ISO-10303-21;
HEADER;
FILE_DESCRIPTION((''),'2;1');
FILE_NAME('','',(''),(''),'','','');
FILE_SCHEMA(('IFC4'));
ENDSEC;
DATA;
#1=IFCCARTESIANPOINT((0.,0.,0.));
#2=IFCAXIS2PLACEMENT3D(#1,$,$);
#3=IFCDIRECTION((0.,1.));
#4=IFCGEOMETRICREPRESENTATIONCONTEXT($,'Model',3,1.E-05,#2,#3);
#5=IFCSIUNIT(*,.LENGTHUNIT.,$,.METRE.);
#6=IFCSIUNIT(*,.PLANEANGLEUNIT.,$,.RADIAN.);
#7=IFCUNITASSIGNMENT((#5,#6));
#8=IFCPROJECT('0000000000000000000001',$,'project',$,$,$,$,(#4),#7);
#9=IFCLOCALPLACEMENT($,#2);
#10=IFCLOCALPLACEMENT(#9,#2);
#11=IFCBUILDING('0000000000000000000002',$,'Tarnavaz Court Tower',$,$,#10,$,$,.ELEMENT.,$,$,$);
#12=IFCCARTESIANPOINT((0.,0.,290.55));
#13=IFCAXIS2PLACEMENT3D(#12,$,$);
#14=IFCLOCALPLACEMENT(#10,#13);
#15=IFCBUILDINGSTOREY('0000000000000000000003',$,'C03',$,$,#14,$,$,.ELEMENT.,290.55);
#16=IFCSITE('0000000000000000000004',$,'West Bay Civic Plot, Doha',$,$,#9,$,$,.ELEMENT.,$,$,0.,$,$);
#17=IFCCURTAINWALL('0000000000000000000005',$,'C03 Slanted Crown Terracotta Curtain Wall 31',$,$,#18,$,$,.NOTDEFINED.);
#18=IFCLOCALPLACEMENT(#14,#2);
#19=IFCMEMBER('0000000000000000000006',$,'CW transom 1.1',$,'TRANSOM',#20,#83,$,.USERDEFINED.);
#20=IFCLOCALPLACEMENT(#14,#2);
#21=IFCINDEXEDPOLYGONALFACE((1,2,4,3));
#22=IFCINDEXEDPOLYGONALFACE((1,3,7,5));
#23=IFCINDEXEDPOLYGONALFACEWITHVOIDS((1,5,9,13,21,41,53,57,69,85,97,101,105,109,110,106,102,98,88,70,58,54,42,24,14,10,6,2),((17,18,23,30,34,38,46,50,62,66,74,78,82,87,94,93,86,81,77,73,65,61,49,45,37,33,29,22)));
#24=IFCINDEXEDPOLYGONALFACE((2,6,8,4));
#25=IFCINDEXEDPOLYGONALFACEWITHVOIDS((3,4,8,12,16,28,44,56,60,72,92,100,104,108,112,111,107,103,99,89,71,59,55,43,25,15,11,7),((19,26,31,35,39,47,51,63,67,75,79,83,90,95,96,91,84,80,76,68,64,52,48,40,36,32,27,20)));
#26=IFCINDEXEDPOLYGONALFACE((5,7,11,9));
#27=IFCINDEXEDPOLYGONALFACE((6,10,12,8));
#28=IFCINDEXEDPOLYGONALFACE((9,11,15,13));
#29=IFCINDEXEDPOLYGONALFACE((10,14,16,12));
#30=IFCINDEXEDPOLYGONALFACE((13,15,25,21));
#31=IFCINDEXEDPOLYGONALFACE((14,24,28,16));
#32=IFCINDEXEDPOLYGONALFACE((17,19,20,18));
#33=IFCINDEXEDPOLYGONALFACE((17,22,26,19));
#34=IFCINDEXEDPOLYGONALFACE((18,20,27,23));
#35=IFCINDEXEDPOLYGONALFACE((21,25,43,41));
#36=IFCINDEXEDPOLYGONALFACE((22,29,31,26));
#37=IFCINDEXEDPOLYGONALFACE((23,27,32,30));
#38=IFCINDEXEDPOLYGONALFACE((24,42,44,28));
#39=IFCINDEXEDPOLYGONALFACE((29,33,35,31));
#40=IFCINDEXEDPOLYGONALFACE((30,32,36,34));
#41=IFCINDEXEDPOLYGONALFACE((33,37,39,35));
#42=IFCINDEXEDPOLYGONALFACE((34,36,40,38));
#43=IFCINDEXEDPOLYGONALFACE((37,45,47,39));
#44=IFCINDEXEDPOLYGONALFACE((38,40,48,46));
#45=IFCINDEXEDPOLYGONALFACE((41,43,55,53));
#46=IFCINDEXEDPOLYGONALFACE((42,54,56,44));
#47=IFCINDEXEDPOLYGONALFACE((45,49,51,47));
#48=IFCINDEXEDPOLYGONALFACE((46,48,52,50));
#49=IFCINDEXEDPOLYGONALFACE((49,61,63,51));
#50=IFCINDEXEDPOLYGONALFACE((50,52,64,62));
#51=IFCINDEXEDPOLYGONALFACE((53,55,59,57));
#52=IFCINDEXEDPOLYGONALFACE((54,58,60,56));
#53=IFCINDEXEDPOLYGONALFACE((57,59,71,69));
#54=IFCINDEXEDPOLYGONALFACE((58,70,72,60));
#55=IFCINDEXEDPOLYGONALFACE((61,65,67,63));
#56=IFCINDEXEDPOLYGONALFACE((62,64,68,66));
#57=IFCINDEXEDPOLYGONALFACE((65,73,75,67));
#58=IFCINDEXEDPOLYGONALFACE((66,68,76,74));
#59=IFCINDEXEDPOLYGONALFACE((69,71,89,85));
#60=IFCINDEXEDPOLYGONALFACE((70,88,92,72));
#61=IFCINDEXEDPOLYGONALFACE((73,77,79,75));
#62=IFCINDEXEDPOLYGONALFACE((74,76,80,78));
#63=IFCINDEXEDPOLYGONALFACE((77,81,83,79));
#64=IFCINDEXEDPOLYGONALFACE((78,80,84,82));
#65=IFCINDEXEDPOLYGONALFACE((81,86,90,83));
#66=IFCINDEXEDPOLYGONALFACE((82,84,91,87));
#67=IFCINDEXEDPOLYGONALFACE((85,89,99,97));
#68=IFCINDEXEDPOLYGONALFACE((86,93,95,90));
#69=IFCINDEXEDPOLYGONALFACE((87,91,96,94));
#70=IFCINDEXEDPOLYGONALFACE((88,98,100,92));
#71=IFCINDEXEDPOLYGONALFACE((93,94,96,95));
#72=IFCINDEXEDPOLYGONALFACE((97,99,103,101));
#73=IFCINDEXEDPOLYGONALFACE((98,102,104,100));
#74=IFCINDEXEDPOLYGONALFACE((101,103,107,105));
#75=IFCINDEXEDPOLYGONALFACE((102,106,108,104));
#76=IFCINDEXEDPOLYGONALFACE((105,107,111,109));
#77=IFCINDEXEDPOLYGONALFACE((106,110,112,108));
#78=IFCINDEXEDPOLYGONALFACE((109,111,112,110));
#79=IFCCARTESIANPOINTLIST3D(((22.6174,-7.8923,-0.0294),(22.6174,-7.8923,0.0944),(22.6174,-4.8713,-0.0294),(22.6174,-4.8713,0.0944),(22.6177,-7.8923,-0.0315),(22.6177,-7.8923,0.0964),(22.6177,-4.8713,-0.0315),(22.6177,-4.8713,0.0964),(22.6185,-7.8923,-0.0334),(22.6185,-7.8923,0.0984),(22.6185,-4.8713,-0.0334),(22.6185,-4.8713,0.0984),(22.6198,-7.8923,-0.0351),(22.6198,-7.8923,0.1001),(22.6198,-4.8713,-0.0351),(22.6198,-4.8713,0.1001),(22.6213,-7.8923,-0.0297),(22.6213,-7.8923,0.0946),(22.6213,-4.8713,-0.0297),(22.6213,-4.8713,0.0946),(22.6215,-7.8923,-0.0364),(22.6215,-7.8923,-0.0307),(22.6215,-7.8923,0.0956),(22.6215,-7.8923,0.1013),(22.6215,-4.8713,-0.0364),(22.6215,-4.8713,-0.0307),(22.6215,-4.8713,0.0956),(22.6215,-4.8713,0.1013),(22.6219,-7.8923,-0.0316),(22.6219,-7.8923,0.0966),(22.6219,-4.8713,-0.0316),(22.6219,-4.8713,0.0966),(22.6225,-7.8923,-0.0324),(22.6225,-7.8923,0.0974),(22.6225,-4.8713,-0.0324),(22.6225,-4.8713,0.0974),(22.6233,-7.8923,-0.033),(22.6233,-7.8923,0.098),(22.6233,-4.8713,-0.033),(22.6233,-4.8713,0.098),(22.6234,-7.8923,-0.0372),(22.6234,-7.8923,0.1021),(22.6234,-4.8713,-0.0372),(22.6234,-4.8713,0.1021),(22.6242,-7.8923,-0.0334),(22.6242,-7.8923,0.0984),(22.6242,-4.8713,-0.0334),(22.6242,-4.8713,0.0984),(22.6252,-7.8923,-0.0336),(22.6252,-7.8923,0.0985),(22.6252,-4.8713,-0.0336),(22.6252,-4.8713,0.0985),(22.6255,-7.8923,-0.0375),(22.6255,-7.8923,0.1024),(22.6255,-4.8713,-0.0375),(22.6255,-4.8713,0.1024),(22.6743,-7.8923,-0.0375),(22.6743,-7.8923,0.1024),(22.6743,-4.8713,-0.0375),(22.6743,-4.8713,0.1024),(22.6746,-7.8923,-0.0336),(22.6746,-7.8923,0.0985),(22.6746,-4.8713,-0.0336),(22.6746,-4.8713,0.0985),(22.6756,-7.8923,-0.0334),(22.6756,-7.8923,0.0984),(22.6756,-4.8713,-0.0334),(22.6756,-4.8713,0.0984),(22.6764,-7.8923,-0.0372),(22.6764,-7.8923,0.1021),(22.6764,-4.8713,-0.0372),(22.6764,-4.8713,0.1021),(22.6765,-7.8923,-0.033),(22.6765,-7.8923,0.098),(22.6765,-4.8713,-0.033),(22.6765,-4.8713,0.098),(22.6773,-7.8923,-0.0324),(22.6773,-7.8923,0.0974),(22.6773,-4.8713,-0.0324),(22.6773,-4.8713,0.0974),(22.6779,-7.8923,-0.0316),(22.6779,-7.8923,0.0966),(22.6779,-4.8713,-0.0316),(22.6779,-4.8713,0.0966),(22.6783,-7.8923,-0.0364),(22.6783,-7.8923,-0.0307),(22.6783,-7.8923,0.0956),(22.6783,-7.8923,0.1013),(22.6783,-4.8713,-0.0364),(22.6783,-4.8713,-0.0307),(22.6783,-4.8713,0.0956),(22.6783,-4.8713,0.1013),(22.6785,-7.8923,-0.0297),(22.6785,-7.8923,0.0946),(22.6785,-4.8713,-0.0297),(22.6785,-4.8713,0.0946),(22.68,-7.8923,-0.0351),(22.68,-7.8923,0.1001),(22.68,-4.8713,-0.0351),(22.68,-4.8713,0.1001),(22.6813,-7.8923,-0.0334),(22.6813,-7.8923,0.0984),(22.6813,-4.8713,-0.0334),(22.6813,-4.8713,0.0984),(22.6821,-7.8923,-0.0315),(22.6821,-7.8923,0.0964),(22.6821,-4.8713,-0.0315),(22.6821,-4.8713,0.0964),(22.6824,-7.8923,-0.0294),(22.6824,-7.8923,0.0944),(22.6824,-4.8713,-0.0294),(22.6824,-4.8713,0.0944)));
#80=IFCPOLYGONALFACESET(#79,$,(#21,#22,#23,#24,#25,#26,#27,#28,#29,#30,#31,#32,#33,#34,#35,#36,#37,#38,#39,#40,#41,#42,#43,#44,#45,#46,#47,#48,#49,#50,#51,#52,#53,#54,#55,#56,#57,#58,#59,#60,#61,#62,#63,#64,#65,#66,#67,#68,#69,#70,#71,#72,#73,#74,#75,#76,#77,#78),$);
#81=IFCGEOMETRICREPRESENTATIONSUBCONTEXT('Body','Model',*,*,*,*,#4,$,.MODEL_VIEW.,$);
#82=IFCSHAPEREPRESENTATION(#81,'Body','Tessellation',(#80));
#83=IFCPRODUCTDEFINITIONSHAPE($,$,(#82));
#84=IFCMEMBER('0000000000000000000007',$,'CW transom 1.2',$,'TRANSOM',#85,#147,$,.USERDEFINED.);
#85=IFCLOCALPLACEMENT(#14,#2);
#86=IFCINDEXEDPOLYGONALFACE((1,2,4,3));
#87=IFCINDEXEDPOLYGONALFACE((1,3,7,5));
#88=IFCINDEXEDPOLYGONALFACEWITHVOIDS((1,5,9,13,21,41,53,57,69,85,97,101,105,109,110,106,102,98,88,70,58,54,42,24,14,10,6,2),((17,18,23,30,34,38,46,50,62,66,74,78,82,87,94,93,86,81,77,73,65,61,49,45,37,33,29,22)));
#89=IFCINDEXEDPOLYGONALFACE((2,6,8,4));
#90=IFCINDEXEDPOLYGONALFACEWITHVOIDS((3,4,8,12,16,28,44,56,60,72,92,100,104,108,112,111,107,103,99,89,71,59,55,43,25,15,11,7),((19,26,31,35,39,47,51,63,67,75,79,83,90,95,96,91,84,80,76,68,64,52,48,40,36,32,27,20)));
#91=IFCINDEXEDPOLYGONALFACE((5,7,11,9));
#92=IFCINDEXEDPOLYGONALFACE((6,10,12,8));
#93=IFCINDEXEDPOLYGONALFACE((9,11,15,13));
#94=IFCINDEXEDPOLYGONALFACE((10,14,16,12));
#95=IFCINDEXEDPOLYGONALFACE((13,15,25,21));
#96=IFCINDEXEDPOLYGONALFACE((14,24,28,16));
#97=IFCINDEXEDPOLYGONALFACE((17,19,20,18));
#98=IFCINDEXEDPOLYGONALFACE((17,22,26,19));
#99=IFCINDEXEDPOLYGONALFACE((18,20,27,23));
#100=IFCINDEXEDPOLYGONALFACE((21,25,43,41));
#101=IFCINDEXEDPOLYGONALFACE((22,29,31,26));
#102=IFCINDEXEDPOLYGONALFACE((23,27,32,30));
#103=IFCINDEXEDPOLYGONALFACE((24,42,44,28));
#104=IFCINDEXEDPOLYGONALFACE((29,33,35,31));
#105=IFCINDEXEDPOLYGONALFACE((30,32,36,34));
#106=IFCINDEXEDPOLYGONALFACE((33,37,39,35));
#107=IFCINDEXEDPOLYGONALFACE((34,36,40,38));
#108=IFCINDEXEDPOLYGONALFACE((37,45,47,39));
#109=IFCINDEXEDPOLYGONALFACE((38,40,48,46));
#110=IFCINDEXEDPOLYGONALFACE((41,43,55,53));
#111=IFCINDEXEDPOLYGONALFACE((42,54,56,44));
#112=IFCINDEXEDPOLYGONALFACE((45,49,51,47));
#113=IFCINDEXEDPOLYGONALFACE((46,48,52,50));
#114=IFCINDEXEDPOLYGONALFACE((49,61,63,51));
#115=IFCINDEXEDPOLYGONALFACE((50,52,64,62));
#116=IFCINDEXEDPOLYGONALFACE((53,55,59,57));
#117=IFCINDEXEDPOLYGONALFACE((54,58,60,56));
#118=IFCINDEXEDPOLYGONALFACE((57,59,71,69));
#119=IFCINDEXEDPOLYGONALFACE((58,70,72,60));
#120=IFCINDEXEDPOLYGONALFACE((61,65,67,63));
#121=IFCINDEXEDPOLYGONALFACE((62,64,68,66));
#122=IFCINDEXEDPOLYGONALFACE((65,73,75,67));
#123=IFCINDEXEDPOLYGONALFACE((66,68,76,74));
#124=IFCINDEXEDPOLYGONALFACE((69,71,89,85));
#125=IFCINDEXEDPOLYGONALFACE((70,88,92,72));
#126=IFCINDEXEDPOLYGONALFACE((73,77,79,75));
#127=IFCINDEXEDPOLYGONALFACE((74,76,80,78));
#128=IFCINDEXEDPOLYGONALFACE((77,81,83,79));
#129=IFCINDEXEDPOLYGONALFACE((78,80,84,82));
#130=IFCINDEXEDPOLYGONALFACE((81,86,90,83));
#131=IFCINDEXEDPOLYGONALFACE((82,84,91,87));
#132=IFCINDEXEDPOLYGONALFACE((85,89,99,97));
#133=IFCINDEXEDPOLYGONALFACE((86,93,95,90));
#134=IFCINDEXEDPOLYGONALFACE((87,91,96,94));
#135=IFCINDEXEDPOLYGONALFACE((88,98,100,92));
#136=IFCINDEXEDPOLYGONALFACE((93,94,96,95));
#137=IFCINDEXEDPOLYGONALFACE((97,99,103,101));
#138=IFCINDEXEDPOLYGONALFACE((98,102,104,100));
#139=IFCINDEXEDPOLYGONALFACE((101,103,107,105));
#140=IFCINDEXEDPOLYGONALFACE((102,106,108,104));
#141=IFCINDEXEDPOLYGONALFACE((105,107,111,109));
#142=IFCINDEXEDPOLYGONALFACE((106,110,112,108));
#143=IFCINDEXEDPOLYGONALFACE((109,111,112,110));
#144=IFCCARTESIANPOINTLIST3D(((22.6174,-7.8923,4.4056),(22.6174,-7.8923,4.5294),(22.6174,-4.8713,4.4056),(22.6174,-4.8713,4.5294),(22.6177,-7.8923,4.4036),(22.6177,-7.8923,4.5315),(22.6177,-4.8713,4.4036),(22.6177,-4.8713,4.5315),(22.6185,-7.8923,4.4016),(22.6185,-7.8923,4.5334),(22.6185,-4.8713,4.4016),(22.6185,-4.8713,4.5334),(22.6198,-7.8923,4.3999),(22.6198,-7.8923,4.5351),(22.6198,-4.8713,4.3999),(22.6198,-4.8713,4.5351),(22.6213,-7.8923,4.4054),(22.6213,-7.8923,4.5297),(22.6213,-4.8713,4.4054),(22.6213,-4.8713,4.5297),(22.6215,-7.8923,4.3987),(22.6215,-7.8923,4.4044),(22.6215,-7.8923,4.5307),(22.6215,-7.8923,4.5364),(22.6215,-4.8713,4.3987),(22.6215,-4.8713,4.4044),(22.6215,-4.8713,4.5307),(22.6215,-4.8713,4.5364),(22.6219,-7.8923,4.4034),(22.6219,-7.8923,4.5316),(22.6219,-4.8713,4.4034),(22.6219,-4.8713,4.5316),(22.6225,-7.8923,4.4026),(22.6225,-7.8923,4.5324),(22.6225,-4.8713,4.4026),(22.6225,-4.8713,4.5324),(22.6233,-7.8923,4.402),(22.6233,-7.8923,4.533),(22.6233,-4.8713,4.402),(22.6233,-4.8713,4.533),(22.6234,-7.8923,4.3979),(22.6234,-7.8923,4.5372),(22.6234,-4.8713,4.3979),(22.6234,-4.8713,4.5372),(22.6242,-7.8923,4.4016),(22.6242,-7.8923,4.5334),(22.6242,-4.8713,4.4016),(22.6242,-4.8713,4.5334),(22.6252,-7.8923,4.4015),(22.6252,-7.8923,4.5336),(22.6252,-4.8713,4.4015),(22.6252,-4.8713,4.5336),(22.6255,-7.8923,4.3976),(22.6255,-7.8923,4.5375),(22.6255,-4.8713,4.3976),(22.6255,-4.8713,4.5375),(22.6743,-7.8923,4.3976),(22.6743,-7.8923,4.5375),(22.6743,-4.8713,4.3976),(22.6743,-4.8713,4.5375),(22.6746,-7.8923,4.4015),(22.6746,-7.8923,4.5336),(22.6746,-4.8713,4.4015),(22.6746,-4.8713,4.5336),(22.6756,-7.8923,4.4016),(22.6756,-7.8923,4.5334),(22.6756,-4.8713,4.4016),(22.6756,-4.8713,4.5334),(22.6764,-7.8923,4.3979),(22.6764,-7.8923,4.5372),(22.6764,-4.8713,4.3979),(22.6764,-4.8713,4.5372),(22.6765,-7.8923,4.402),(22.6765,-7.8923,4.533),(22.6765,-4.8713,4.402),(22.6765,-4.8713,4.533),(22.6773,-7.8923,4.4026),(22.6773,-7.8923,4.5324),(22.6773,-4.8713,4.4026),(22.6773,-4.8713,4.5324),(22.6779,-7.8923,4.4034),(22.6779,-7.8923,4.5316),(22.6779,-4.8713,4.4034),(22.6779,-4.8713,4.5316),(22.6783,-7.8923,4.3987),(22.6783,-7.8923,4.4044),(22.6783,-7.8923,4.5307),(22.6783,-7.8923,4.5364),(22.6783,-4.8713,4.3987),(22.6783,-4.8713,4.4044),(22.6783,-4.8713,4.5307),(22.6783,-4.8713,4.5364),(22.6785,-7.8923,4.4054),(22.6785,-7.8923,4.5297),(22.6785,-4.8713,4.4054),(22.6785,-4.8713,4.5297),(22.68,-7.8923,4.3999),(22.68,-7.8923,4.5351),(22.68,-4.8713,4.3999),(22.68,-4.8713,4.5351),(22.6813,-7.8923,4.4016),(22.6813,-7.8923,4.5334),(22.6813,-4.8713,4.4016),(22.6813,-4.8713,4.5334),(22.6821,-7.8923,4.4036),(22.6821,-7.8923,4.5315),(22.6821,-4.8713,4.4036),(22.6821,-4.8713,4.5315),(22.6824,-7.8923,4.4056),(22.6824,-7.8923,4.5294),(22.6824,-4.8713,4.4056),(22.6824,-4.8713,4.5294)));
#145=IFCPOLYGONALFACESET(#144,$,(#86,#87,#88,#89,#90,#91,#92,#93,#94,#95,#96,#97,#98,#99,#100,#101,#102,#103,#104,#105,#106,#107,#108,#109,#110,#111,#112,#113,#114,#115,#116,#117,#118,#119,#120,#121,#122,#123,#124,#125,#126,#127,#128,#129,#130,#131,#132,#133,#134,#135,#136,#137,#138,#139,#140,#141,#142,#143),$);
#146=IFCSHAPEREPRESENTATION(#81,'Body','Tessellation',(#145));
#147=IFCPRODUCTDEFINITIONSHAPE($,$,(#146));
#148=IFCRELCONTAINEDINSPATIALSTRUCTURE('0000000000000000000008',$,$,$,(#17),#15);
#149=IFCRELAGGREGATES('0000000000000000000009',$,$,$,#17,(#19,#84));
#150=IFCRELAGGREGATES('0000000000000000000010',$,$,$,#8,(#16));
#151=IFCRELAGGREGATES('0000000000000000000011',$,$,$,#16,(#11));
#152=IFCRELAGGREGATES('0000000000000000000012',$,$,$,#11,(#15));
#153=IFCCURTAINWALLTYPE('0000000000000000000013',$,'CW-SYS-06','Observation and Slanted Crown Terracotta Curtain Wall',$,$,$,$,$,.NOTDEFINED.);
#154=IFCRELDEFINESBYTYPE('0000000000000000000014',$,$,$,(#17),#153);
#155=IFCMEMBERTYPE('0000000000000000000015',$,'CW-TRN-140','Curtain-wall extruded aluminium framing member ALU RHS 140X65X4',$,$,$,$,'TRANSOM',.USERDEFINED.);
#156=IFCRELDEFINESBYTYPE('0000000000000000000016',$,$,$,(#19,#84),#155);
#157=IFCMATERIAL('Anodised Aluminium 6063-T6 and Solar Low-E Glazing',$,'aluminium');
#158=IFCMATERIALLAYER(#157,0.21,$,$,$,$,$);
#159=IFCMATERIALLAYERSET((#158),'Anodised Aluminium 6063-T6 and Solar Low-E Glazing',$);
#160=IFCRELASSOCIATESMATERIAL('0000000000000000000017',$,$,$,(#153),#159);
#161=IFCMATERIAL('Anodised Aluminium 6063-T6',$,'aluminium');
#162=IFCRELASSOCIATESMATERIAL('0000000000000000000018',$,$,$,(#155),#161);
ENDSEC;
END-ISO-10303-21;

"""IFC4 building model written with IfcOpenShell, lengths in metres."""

from ifc_helpers import new_model, si_unit, direction, frame, origin, origin_2d, place, context, subcontext, project, spatial, hollow_rectangle, extrude, material, layer, layer_set, material_profile, profile_set, type_object, element, aggregate, save


model = new_model("IFC4")

# Units and contexts
model_context = context("Model", 3, precision=1e-05, world=origin(), true_north=direction((0.0, 1.0)))
body_context = subcontext(model_context, "Body", "Model", "MODEL_VIEW")
ifc_project = project(units=[si_unit("LENGTHUNIT", "METRE"), si_unit("PLANEANGLEUNIT", "RADIAN")], contexts=[model_context])

# Site, building, storey
site_placement = place(None, origin())
site = spatial("IfcSite", under=ifc_project, at=site_placement, Name="West Bay Civic Plot, Doha", CompositionType="ELEMENT", RefElevation=0.0)
building_placement = place(site_placement, origin())
building = spatial("IfcBuilding", under=site, at=building_placement, Name="Tarnavaz Court Tower", CompositionType="ELEMENT")
storey_placement = place(building_placement, frame((0.0, 0.0, 290.55)))
storey = spatial("IfcBuildingStorey", under=building, at=storey_placement, Name="C03", CompositionType="ELEMENT", Elevation=290.55)

# Shared definitions
ifc_material_1 = material(Name="Anodised Aluminium 6063-T6 and Solar Low-E Glazing", Category="aluminium")
ifc_layer_1 = layer(ifc_material_1, 0.21)
ifc_layer_set_1 = layer_set([ifc_layer_1], Name="Anodised Aluminium 6063-T6 and Solar Low-E Glazing")
curtain_wall_type = type_object("IfcCurtainWallType", Name="CW-SYS-06", Description="Observation and Slanted Crown Terracotta Curtain Wall", PredefinedType="NOTDEFINED", material=ifc_layer_set_1)
ifc_material_2 = material(Name="Anodised Aluminium 6063-T6", Category="aluminium")

# Curtain wall
curtain_wall_1_placement = place(storey_placement, origin())
curtain_wall_1 = element("IfcCurtainWall", 1, at=curtain_wall_1_placement, inside=storey, type_object=curtain_wall_type, Name="C03 Slanted Crown Terracotta Curtain Wall 31", PredefinedType="NOTDEFINED")

# Members
ifc_material_profile_1 = material_profile(ifc_material_2, hollow_rectangle(XDim=0.0649, YDim=0.1399, WallThickness=0.0039, InnerFilletRadius=0.0039, OuterFilletRadius=0.0081, at=origin_2d()), Name="ALU RHS 140X65X4")
ifc_profile_set_1 = profile_set([ifc_material_profile_1], Name="Anodised Aluminium 6063-T6")
member_type_1 = type_object("IfcMemberType", Name="CW-TRN-140", Description="Curtain-wall extruded aluminium framing member ALU RHS 140X65X4", ElementType="TRANSOM", PredefinedType="USERDEFINED", material=ifc_profile_set_1)
member_1_placement = place(storey_placement, frame((22.6499, -4.8713, 0.0325), z_axis=(0.0, -1.0, 0.0), x_axis=(1.0, 0.0, 0.0)))
member_1 = element("IfcMember", 2, at=member_1_placement, type_object=member_type_1, Name="CW transom 1.1", ObjectType="TRANSOM", PredefinedType="USERDEFINED", context=body_context, shape_type="SweptSolid", body=[
    extrude(hollow_rectangle(XDim=0.0649, YDim=0.1399, WallThickness=0.0039, InnerFilletRadius=0.0039, OuterFilletRadius=0.0081, at=origin_2d()), origin(), (0.0, 0.0, 1.0), 3.021),
])
member_2_placement = place(storey_placement, frame((22.6499, -4.8713, 4.4675), z_axis=(0.0, -1.0, 0.0), x_axis=(1.0, 0.0, 0.0)))
member_2 = element("IfcMember", 3, at=member_2_placement, type_object=member_type_1, Name="CW transom 1.2", ObjectType="TRANSOM", PredefinedType="USERDEFINED", context=body_context, shape_type="SweptSolid", body=[
    extrude(hollow_rectangle(XDim=0.0649, YDim=0.1399, WallThickness=0.0039, InnerFilletRadius=0.0039, OuterFilletRadius=0.0081, at=origin_2d()), origin(), (0.0, 0.0, 1.0), 3.021),
])

aggregate(curtain_wall_1, [member_1, member_2])

save(model, "model.ifc")
